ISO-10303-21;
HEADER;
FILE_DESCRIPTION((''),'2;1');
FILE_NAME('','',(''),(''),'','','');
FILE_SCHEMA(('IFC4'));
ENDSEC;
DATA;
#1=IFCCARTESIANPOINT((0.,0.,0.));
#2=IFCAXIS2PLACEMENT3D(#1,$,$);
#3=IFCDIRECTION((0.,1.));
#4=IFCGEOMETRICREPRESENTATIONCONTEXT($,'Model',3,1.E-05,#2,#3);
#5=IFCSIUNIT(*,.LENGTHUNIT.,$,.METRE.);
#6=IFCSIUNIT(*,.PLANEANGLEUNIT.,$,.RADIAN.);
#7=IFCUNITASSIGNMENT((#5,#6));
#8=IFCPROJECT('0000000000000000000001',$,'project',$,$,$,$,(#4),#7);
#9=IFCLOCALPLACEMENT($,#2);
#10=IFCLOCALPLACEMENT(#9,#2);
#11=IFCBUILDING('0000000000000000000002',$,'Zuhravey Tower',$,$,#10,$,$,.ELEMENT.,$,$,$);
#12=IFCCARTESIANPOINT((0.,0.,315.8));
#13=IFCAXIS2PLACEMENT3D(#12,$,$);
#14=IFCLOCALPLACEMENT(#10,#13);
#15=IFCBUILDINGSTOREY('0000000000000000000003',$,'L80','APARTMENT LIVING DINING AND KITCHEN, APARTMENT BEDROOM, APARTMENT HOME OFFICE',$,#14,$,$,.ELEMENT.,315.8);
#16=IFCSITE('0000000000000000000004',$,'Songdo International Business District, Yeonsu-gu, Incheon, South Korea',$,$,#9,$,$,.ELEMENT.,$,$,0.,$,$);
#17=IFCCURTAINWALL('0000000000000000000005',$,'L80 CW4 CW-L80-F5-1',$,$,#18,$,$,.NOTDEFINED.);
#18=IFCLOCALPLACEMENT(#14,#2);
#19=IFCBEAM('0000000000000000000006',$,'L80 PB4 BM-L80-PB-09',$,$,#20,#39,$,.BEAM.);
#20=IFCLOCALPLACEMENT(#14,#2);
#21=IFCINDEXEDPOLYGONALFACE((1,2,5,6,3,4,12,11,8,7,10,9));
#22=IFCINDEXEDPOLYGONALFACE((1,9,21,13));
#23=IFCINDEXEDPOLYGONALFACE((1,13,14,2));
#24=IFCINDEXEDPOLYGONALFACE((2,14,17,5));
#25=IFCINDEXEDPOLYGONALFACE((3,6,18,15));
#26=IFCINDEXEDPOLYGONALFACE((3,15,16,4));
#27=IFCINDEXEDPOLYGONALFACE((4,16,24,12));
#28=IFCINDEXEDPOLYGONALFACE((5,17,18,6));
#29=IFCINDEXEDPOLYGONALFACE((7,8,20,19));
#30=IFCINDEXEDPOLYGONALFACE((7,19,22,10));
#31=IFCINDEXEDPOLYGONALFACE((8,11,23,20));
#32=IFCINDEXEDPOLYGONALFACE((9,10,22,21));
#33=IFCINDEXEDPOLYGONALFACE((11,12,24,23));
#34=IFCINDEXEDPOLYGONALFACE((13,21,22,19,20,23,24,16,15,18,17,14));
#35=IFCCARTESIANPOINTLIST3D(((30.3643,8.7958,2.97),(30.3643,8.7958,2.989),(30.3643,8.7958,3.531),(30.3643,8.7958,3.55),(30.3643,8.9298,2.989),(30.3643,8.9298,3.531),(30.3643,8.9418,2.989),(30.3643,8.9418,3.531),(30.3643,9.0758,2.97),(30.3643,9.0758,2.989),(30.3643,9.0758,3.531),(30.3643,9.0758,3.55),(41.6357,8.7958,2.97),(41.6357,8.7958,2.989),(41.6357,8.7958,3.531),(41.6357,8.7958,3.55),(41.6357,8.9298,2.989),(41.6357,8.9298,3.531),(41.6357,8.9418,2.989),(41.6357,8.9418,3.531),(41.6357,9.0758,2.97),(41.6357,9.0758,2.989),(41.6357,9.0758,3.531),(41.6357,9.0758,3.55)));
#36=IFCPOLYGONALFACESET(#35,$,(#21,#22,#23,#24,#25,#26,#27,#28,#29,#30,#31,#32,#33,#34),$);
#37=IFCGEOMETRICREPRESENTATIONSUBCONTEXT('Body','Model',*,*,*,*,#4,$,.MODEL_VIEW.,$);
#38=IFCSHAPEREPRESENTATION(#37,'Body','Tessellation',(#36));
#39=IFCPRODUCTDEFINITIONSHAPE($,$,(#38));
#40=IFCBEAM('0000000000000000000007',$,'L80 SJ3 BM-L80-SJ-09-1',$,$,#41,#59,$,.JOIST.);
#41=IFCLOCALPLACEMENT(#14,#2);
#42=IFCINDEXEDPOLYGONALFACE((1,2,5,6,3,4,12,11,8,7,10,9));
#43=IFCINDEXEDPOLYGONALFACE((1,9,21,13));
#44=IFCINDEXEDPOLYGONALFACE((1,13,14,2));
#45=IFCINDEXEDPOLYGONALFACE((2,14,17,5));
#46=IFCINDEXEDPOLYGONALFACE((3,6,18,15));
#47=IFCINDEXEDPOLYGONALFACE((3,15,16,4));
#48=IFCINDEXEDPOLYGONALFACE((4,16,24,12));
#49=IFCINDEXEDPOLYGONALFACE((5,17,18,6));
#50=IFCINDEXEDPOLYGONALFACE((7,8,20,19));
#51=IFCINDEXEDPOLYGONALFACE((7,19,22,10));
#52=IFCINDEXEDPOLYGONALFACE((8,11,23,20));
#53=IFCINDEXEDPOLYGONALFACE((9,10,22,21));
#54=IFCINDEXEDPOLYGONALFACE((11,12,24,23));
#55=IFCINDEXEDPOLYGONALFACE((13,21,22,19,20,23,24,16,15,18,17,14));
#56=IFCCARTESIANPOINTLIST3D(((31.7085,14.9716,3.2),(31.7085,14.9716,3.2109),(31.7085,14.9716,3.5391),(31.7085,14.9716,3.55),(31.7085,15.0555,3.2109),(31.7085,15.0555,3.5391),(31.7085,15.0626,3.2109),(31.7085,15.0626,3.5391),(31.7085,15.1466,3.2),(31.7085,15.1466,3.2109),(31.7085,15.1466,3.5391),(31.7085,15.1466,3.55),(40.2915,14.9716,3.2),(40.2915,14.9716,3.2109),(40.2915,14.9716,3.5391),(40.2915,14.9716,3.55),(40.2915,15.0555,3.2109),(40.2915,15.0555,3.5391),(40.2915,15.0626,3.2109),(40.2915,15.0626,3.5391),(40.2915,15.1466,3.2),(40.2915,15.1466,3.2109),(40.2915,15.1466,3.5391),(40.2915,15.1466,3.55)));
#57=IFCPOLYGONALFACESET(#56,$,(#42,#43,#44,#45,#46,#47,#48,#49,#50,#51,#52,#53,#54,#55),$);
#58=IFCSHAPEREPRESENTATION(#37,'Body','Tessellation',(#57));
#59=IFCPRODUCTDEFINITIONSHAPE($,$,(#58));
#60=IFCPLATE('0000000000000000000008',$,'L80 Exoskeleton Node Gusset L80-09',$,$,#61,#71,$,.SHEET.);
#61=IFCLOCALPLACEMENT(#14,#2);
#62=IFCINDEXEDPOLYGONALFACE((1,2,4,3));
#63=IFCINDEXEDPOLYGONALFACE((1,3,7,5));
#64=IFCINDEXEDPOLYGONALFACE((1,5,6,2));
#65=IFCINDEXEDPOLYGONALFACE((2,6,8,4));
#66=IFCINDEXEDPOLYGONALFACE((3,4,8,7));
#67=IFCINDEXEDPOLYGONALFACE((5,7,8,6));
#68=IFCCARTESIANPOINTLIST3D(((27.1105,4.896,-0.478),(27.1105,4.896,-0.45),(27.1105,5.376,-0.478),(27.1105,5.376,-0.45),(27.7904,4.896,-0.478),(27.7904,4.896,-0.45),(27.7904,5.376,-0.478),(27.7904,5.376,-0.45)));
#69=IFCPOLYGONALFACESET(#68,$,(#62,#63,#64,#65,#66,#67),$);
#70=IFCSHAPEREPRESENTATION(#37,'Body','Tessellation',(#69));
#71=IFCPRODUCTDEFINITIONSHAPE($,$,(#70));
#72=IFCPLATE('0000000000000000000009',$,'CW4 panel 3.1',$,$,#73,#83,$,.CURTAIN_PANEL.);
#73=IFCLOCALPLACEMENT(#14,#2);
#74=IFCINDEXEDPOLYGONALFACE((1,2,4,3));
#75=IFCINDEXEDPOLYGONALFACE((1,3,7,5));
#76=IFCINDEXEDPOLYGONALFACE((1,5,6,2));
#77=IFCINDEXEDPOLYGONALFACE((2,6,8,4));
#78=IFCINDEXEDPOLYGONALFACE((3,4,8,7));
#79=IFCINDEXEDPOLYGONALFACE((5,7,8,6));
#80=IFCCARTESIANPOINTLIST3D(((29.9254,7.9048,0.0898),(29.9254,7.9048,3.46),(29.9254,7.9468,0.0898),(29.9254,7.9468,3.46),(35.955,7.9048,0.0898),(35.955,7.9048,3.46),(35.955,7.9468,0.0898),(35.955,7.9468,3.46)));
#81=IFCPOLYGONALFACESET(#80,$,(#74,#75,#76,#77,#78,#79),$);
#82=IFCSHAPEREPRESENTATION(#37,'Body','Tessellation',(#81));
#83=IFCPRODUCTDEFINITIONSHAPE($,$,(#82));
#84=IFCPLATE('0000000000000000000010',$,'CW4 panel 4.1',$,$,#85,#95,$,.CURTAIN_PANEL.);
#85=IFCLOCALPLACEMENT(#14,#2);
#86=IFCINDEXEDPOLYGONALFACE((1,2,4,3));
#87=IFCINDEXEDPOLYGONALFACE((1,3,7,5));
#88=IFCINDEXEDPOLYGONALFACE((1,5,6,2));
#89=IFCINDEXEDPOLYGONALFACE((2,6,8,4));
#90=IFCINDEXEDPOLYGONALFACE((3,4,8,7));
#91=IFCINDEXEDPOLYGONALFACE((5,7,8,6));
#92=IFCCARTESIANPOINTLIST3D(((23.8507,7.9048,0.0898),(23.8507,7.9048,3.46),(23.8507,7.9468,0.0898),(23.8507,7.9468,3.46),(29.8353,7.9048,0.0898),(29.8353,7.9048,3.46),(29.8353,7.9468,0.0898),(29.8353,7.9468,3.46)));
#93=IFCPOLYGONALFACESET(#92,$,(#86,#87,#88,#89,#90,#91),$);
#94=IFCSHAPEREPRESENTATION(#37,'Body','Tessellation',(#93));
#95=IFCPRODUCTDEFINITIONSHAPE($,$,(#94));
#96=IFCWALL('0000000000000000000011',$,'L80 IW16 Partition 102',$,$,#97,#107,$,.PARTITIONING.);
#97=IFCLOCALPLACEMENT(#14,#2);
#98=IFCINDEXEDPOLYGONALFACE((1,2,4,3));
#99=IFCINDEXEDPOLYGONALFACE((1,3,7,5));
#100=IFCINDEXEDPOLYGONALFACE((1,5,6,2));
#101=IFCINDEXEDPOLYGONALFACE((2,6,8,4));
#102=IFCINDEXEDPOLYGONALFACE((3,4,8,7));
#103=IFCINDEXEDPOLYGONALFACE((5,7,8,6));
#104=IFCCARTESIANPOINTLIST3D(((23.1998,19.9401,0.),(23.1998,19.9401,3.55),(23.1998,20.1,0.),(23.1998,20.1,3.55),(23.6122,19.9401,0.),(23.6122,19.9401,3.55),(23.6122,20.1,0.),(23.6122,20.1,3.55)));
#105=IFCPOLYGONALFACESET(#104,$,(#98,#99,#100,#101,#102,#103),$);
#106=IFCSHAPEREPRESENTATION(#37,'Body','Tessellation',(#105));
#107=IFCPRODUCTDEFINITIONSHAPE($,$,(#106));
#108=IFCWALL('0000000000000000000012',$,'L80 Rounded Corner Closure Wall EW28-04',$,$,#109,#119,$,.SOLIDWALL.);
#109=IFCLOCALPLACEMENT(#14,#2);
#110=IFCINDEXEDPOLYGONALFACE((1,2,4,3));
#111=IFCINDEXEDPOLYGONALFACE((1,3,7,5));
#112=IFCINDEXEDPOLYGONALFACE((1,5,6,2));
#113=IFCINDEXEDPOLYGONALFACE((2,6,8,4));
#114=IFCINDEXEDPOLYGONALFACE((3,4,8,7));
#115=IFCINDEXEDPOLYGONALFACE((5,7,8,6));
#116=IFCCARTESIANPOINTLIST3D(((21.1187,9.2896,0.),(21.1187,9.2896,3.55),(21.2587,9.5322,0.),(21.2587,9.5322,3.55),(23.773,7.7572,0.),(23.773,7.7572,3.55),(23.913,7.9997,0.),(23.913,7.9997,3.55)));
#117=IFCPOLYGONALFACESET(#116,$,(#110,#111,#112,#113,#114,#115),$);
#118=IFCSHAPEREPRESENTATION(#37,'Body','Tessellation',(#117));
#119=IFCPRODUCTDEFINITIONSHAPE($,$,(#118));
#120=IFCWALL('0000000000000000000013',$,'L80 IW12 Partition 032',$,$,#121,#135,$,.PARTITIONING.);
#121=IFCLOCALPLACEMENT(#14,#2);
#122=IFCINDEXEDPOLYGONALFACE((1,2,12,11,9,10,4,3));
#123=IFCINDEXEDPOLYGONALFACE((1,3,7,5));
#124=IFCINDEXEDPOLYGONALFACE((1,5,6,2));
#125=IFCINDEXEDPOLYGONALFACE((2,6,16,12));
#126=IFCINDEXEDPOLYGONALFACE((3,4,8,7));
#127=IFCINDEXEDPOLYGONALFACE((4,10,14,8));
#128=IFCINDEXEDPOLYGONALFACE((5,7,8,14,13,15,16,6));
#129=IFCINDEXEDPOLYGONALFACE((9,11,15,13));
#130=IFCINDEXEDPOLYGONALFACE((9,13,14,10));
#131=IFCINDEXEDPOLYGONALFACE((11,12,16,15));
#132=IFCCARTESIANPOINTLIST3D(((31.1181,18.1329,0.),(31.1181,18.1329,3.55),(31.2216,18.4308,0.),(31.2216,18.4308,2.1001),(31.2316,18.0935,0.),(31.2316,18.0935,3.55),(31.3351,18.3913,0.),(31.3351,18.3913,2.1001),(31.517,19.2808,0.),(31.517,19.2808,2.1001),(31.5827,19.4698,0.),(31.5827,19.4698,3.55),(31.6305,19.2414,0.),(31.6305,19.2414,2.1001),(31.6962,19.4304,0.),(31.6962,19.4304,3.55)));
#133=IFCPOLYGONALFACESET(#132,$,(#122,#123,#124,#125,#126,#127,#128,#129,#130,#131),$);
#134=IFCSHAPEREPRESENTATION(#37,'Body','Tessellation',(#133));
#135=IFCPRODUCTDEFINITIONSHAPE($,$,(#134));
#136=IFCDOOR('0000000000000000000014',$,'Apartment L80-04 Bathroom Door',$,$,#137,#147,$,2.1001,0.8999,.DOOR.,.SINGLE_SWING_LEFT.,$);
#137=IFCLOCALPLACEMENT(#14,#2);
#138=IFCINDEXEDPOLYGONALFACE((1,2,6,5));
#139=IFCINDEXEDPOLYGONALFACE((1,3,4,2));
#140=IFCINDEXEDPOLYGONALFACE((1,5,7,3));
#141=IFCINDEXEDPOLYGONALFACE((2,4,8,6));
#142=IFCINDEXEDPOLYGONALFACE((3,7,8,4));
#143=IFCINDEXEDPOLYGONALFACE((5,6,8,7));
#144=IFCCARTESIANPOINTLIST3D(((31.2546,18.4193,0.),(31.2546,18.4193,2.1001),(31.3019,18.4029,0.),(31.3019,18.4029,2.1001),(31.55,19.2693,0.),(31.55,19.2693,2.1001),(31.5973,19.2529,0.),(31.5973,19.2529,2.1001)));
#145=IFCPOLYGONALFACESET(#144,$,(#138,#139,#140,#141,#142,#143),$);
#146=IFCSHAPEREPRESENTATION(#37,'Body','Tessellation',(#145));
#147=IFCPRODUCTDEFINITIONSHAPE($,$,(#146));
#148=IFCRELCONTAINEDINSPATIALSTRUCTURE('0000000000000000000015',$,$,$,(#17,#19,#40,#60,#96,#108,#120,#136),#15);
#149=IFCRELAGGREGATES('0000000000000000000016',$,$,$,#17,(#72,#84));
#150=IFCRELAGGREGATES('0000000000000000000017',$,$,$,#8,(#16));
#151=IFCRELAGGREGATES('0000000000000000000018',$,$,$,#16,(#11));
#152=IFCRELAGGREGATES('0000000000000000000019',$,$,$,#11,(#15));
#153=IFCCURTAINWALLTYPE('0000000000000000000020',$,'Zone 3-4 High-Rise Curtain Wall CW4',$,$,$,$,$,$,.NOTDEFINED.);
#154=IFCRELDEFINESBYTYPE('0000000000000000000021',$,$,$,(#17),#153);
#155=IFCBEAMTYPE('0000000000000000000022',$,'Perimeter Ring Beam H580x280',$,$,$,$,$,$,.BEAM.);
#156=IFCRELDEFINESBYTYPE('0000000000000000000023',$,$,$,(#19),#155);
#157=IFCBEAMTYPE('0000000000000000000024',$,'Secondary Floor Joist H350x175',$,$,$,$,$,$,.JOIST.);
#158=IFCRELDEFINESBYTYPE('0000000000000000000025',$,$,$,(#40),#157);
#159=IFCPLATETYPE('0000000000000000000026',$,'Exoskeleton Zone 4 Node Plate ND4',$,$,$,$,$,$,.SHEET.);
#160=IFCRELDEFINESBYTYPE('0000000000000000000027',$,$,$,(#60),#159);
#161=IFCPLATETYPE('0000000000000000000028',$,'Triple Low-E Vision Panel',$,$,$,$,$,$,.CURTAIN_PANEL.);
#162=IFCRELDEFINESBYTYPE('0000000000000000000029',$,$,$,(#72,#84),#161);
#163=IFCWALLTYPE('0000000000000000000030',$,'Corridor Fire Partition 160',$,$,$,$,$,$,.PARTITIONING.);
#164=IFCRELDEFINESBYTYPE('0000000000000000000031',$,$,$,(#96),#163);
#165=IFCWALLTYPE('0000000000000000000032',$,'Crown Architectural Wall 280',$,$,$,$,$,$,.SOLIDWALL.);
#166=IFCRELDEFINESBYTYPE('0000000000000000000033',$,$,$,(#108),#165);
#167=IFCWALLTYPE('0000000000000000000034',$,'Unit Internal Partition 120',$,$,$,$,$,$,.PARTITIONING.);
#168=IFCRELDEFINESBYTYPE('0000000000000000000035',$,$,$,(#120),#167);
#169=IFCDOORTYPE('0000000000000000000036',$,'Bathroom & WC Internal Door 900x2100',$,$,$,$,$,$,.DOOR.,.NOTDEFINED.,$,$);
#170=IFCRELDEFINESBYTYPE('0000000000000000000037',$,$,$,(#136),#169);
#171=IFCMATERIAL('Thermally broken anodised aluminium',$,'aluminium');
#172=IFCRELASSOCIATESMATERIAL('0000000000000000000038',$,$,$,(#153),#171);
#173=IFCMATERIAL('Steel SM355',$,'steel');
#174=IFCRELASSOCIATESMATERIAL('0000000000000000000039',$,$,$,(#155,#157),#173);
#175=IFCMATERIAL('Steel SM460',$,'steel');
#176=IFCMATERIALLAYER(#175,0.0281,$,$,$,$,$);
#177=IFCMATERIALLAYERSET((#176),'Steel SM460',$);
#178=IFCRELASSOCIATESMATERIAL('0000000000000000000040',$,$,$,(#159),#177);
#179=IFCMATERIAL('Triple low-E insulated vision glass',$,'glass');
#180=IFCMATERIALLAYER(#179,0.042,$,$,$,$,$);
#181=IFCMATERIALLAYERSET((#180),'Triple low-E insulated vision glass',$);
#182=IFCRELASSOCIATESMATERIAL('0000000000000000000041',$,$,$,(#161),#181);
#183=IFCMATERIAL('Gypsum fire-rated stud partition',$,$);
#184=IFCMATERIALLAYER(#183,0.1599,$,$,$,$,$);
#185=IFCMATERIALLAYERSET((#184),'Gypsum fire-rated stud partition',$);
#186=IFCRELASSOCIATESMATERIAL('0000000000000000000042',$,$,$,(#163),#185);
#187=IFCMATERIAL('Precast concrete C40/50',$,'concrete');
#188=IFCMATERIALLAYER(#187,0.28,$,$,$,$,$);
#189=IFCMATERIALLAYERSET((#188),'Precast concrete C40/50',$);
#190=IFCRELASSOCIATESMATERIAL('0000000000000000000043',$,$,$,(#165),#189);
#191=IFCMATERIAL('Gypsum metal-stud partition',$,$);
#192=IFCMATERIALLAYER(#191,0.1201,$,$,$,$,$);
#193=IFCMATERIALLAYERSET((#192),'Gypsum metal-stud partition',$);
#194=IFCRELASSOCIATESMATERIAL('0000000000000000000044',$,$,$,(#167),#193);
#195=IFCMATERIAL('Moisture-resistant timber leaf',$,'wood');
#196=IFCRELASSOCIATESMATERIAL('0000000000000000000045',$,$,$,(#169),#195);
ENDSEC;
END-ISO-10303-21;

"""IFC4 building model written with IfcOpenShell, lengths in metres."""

from ifc_helpers import new_model, si_unit, direction, frame, frame_2d, origin, origin_2d, place, context, subcontext, project, spatial, rectangle, i_section, extrude, material, layer, layer_set, material_profile, profile_set, type_object, element, fill, aggregate, save


model = new_model("IFC4")

# Units and contexts
model_context = context("Model", 3, precision=1e-05, world=origin(), true_north=direction((0.0, 1.0)))
body_context = subcontext(model_context, "Body", "Model", "MODEL_VIEW")
ifc_project = project(units=[si_unit("LENGTHUNIT", "METRE"), si_unit("PLANEANGLEUNIT", "RADIAN")], contexts=[model_context])

# Site, building, storey
site_placement = place(None, origin())
site = spatial("IfcSite", under=ifc_project, at=site_placement, Name="Songdo International Business District, Yeonsu-gu, Incheon, South Korea", CompositionType="ELEMENT", RefElevation=0.0)
building_placement = place(site_placement, origin())
building = spatial("IfcBuilding", under=site, at=building_placement, Name="Zuhravey Tower", CompositionType="ELEMENT")
storey_placement = place(building_placement, frame((0.0, 0.0, 315.8)))
storey = spatial("IfcBuildingStorey", under=building, at=storey_placement, Name="L80", Description="APARTMENT LIVING DINING AND KITCHEN, APARTMENT BEDROOM, APARTMENT HOME OFFICE", CompositionType="ELEMENT", Elevation=315.8)

# Curtain wall
ifc_material_1 = material(Name="Thermally broken anodised aluminium", Category="aluminium")
curtain_wall_type = type_object("IfcCurtainWallType", Name="Zone 3-4 High-Rise Curtain Wall CW4", PredefinedType="NOTDEFINED", material=ifc_material_1)
curtain_wall_placement = place(storey_placement, origin())
curtain_wall = element("IfcCurtainWall", 1, at=curtain_wall_placement, inside=storey, type_object=curtain_wall_type, Name="L80 CW4 CW-L80-F5-1", PredefinedType="NOTDEFINED")

# Shared definitions
ifc_material_2 = material(Name="Steel SM355", Category="steel")

# Beams
ifc_material_profile_1 = material_profile(ifc_material_2, i_section(OverallWidth=0.28, OverallDepth=0.5801, WebThickness=0.012, FlangeThickness=0.019, at=origin_2d()), Name="H-580x280x12x19")
ifc_profile_set_1 = profile_set([ifc_material_profile_1], Name="Steel SM355")
beam_type_1 = type_object("IfcBeamType", Name="Perimeter Ring Beam H580x280", PredefinedType="BEAM", material=ifc_profile_set_1)
beam_1_placement = place(storey_placement, frame((30.3643, 8.9358, 3.26), z_axis=(1.0, 0.0, 0.0), x_axis=(0.0, 1.0, 0.0)))
element("IfcBeam", 2, at=beam_1_placement, inside=storey, type_object=beam_type_1, Name="L80 PB4 BM-L80-PB-09", PredefinedType="BEAM", context=body_context, shape_type="SweptSolid", body=[
    extrude(i_section(OverallWidth=0.28, OverallDepth=0.5801, WebThickness=0.012, FlangeThickness=0.019, at=origin_2d()), origin(), (0.0, 0.0, 1.0), 11.2715),
])
ifc_material_profile_2 = material_profile(ifc_material_2, i_section(OverallWidth=0.175, OverallDepth=0.3501, WebThickness=0.0071, FlangeThickness=0.011, at=origin_2d()), Name="H-350x175x7x11")
ifc_profile_set_2 = profile_set([ifc_material_profile_2], Name="Steel SM355")
beam_type_2 = type_object("IfcBeamType", Name="Secondary Floor Joist H350x175", PredefinedType="JOIST", material=ifc_profile_set_2)
beam_2_placement = place(storey_placement, frame((31.7085, 15.0591, 3.375), z_axis=(1.0, 0.0, 0.0), x_axis=(0.0, 1.0, 0.0)))
element("IfcBeam", 3, at=beam_2_placement, inside=storey, type_object=beam_type_2, Name="L80 SJ3 BM-L80-SJ-09-1", PredefinedType="JOIST", context=body_context, shape_type="SweptSolid", body=[
    extrude(i_section(OverallWidth=0.175, OverallDepth=0.3501, WebThickness=0.0071, FlangeThickness=0.011, at=origin_2d()), origin(), (0.0, 0.0, 1.0), 8.583),
])

# Plates
ifc_material_3 = material(Name="Steel SM460", Category="steel")
ifc_layer_1 = layer(ifc_material_3, 0.0281)
ifc_layer_set_1 = layer_set([ifc_layer_1], Name="Steel SM460")
plate_type_1 = type_object("IfcPlateType", Name="Exoskeleton Zone 4 Node Plate ND4", PredefinedType="SHEET", material=ifc_layer_set_1)
plate_1_placement = place(storey_placement, frame((27.4504, 5.136, -0.478), z_axis=(0.0, 0.0, 1.0), x_axis=(1.0, 0.0, 0.0)))
element("IfcPlate", 4, at=plate_1_placement, inside=storey, type_object=plate_type_1, Name="L80 Exoskeleton Node Gusset L80-09", PredefinedType="SHEET", context=body_context, shape_type="SweptSolid", body=[
    extrude(rectangle(XDim=0.6799, YDim=0.48, at=origin_2d()), origin(), (0.0, 0.0, 1.0), 0.0281),
])
ifc_material_4 = material(Name="Triple low-E insulated vision glass", Category="glass")
ifc_layer_2 = layer(ifc_material_4, 0.042)
ifc_layer_set_2 = layer_set([ifc_layer_2], Name="Triple low-E insulated vision glass")
plate_type_2 = type_object("IfcPlateType", Name="Triple Low-E Vision Panel", PredefinedType="CURTAIN_PANEL", material=ifc_layer_set_2)
plate_2_placement = place(storey_placement, frame((32.9402, 7.9258, 0.0898), z_axis=(0.0, 0.0, 1.0), x_axis=(-1.0, 0.0, 0.0)))
plate_2 = element("IfcPlate", 5, at=plate_2_placement, type_object=plate_type_2, Name="CW4 panel 3.1", PredefinedType="CURTAIN_PANEL", context=body_context, shape_type="SweptSolid", body=[
    extrude(rectangle(XDim=6.0295, YDim=0.042, at=origin_2d()), origin(), (0.0, 0.0, 1.0), 3.3701),
])
plate_3_placement = place(storey_placement, frame((26.843, 7.9258, 0.0898), z_axis=(0.0, 0.0, 1.0), x_axis=(-1.0, 0.0, 0.0)))
plate_3 = element("IfcPlate", 6, at=plate_3_placement, type_object=plate_type_2, Name="CW4 panel 4.1", PredefinedType="CURTAIN_PANEL", context=body_context, shape_type="SweptSolid", body=[
    extrude(rectangle(XDim=5.9846, YDim=0.042, at=origin_2d()), origin(), (0.0, 0.0, 1.0), 3.3701),
])
aggregate(curtain_wall, [plate_2, plate_3])

# Shared definitions
ifc_material_5 = material(Name="Gypsum fire-rated stud partition")
ifc_layer_3 = layer(ifc_material_5, 0.1599)
ifc_layer_set_3 = layer_set([ifc_layer_3], Name="Gypsum fire-rated stud partition")
wall_type_1 = type_object("IfcWallType", Name="Corridor Fire Partition 160", PredefinedType="PARTITIONING", material=ifc_layer_set_3)

# Walls
wall_1_placement = place(storey_placement, frame((23.2, 20.02, 0.0), z_axis=(0.0, 0.0, 1.0), x_axis=(1.0, 0.0, 0.0)))
element("IfcWall", 7, at=wall_1_placement, inside=storey, type_object=wall_type_1, Name="L80 IW16 Partition 102", PredefinedType="PARTITIONING", context=body_context, shape_type="SweptSolid", body=[
    extrude(rectangle(XDim=0.4124, YDim=0.1599, at=frame_2d((0.2061, 0.0))), origin(), (0.0, 0.0, 1.0), 3.55),
])
ifc_material_6 = material(Name="Precast concrete C40/50", Category="concrete")
ifc_layer_4 = layer(ifc_material_6, 0.28)
ifc_layer_set_4 = layer_set([ifc_layer_4], Name="Precast concrete C40/50")
wall_type_2 = type_object("IfcWallType", Name="Crown Architectural Wall 280", PredefinedType="SOLIDWALL", material=ifc_layer_set_4)
wall_2_placement = place(storey_placement, frame((23.843, 7.8784, 0.0), z_axis=(0.0, 0.0, 1.0), x_axis=(-0.866024, 0.500003, 0.0)))
element("IfcWall", 8, at=wall_2_placement, inside=storey, type_object=wall_type_2, Name="L80 Rounded Corner Closure Wall EW28-04", PredefinedType="SOLIDWALL", context=body_context, shape_type="SweptSolid", body=[
    extrude(rectangle(XDim=3.0649, YDim=0.28, at=frame_2d((1.5325, 0.0))), origin(), (0.0, 0.0, 1.0), 3.55),
])

# Wall, opening, door
ifc_material_7 = material(Name="Gypsum metal-stud partition")
ifc_layer_5 = layer(ifc_material_7, 0.1201)
ifc_layer_set_5 = layer_set([ifc_layer_5], Name="Gypsum metal-stud partition")
wall_type_3 = type_object("IfcWallType", Name="Unit Internal Partition 120", PredefinedType="PARTITIONING", material=ifc_layer_set_5)
wall_3_placement = place(storey_placement, frame((31.6394, 19.45, 0.0), z_axis=(0.0, 0.0, 1.0), x_axis=(-0.32826, -0.944588, 0.0)))
wall_3 = element("IfcWall", 9, at=wall_3_placement, inside=storey, type_object=wall_type_3, Name="L80 IW12 Partition 032", PredefinedType="PARTITIONING", context=body_context, shape_type="SweptSolid", body=[
    extrude(rectangle(XDim=1.4153, YDim=0.1201, at=frame_2d((0.7075, 0.0))), origin(), (0.0, 0.0, 1.0), 3.55),
])
opening_1_placement = place(wall_3_placement, frame((0.2, 0.0, 0.0)))
opening_1 = element("IfcOpeningElement", 10, at=opening_1_placement, cuts=wall_3, PredefinedType="OPENING", context=body_context, shape_type="SweptSolid", body=[
    extrude(rectangle(XDim=0.8999, YDim=2.1001, at=frame_2d((0.45, 1.05))), frame((0.0, 0.072, 0.0), z_axis=(0.0, -1.0, 0.0), x_axis=(1.0, 0.0, 0.0)), (0.0, 0.0, 1.0), 0.144),
])
ifc_material_8 = material(Name="Moisture-resistant timber leaf", Category="wood")
door_type_1 = type_object("IfcDoorType", Name="Bathroom & WC Internal Door 900x2100", OperationType="NOTDEFINED", PredefinedType="DOOR", material=ifc_material_8)
door_1_placement = place(opening_1_placement, origin())
door_1 = element("IfcDoor", 11, at=door_1_placement, inside=storey, type_object=door_type_1, Name="Apartment L80-04 Bathroom Door", OperationType="SINGLE_SWING_LEFT", OverallHeight=2.1001, OverallWidth=0.8999, PredefinedType="DOOR", context=body_context, shape_type="SweptSolid", body=[
    extrude(rectangle(XDim=0.8999, YDim=2.1001, at=frame_2d((0.45, 1.05))), frame((0.0, 0.0249, 0.0), z_axis=(0.0, -1.0, 0.0), x_axis=(1.0, 0.0, 0.0)), (0.0, 0.0, 1.0), 0.05),
])
fill(opening_1, door_1)

save(model, "model.ifc")
